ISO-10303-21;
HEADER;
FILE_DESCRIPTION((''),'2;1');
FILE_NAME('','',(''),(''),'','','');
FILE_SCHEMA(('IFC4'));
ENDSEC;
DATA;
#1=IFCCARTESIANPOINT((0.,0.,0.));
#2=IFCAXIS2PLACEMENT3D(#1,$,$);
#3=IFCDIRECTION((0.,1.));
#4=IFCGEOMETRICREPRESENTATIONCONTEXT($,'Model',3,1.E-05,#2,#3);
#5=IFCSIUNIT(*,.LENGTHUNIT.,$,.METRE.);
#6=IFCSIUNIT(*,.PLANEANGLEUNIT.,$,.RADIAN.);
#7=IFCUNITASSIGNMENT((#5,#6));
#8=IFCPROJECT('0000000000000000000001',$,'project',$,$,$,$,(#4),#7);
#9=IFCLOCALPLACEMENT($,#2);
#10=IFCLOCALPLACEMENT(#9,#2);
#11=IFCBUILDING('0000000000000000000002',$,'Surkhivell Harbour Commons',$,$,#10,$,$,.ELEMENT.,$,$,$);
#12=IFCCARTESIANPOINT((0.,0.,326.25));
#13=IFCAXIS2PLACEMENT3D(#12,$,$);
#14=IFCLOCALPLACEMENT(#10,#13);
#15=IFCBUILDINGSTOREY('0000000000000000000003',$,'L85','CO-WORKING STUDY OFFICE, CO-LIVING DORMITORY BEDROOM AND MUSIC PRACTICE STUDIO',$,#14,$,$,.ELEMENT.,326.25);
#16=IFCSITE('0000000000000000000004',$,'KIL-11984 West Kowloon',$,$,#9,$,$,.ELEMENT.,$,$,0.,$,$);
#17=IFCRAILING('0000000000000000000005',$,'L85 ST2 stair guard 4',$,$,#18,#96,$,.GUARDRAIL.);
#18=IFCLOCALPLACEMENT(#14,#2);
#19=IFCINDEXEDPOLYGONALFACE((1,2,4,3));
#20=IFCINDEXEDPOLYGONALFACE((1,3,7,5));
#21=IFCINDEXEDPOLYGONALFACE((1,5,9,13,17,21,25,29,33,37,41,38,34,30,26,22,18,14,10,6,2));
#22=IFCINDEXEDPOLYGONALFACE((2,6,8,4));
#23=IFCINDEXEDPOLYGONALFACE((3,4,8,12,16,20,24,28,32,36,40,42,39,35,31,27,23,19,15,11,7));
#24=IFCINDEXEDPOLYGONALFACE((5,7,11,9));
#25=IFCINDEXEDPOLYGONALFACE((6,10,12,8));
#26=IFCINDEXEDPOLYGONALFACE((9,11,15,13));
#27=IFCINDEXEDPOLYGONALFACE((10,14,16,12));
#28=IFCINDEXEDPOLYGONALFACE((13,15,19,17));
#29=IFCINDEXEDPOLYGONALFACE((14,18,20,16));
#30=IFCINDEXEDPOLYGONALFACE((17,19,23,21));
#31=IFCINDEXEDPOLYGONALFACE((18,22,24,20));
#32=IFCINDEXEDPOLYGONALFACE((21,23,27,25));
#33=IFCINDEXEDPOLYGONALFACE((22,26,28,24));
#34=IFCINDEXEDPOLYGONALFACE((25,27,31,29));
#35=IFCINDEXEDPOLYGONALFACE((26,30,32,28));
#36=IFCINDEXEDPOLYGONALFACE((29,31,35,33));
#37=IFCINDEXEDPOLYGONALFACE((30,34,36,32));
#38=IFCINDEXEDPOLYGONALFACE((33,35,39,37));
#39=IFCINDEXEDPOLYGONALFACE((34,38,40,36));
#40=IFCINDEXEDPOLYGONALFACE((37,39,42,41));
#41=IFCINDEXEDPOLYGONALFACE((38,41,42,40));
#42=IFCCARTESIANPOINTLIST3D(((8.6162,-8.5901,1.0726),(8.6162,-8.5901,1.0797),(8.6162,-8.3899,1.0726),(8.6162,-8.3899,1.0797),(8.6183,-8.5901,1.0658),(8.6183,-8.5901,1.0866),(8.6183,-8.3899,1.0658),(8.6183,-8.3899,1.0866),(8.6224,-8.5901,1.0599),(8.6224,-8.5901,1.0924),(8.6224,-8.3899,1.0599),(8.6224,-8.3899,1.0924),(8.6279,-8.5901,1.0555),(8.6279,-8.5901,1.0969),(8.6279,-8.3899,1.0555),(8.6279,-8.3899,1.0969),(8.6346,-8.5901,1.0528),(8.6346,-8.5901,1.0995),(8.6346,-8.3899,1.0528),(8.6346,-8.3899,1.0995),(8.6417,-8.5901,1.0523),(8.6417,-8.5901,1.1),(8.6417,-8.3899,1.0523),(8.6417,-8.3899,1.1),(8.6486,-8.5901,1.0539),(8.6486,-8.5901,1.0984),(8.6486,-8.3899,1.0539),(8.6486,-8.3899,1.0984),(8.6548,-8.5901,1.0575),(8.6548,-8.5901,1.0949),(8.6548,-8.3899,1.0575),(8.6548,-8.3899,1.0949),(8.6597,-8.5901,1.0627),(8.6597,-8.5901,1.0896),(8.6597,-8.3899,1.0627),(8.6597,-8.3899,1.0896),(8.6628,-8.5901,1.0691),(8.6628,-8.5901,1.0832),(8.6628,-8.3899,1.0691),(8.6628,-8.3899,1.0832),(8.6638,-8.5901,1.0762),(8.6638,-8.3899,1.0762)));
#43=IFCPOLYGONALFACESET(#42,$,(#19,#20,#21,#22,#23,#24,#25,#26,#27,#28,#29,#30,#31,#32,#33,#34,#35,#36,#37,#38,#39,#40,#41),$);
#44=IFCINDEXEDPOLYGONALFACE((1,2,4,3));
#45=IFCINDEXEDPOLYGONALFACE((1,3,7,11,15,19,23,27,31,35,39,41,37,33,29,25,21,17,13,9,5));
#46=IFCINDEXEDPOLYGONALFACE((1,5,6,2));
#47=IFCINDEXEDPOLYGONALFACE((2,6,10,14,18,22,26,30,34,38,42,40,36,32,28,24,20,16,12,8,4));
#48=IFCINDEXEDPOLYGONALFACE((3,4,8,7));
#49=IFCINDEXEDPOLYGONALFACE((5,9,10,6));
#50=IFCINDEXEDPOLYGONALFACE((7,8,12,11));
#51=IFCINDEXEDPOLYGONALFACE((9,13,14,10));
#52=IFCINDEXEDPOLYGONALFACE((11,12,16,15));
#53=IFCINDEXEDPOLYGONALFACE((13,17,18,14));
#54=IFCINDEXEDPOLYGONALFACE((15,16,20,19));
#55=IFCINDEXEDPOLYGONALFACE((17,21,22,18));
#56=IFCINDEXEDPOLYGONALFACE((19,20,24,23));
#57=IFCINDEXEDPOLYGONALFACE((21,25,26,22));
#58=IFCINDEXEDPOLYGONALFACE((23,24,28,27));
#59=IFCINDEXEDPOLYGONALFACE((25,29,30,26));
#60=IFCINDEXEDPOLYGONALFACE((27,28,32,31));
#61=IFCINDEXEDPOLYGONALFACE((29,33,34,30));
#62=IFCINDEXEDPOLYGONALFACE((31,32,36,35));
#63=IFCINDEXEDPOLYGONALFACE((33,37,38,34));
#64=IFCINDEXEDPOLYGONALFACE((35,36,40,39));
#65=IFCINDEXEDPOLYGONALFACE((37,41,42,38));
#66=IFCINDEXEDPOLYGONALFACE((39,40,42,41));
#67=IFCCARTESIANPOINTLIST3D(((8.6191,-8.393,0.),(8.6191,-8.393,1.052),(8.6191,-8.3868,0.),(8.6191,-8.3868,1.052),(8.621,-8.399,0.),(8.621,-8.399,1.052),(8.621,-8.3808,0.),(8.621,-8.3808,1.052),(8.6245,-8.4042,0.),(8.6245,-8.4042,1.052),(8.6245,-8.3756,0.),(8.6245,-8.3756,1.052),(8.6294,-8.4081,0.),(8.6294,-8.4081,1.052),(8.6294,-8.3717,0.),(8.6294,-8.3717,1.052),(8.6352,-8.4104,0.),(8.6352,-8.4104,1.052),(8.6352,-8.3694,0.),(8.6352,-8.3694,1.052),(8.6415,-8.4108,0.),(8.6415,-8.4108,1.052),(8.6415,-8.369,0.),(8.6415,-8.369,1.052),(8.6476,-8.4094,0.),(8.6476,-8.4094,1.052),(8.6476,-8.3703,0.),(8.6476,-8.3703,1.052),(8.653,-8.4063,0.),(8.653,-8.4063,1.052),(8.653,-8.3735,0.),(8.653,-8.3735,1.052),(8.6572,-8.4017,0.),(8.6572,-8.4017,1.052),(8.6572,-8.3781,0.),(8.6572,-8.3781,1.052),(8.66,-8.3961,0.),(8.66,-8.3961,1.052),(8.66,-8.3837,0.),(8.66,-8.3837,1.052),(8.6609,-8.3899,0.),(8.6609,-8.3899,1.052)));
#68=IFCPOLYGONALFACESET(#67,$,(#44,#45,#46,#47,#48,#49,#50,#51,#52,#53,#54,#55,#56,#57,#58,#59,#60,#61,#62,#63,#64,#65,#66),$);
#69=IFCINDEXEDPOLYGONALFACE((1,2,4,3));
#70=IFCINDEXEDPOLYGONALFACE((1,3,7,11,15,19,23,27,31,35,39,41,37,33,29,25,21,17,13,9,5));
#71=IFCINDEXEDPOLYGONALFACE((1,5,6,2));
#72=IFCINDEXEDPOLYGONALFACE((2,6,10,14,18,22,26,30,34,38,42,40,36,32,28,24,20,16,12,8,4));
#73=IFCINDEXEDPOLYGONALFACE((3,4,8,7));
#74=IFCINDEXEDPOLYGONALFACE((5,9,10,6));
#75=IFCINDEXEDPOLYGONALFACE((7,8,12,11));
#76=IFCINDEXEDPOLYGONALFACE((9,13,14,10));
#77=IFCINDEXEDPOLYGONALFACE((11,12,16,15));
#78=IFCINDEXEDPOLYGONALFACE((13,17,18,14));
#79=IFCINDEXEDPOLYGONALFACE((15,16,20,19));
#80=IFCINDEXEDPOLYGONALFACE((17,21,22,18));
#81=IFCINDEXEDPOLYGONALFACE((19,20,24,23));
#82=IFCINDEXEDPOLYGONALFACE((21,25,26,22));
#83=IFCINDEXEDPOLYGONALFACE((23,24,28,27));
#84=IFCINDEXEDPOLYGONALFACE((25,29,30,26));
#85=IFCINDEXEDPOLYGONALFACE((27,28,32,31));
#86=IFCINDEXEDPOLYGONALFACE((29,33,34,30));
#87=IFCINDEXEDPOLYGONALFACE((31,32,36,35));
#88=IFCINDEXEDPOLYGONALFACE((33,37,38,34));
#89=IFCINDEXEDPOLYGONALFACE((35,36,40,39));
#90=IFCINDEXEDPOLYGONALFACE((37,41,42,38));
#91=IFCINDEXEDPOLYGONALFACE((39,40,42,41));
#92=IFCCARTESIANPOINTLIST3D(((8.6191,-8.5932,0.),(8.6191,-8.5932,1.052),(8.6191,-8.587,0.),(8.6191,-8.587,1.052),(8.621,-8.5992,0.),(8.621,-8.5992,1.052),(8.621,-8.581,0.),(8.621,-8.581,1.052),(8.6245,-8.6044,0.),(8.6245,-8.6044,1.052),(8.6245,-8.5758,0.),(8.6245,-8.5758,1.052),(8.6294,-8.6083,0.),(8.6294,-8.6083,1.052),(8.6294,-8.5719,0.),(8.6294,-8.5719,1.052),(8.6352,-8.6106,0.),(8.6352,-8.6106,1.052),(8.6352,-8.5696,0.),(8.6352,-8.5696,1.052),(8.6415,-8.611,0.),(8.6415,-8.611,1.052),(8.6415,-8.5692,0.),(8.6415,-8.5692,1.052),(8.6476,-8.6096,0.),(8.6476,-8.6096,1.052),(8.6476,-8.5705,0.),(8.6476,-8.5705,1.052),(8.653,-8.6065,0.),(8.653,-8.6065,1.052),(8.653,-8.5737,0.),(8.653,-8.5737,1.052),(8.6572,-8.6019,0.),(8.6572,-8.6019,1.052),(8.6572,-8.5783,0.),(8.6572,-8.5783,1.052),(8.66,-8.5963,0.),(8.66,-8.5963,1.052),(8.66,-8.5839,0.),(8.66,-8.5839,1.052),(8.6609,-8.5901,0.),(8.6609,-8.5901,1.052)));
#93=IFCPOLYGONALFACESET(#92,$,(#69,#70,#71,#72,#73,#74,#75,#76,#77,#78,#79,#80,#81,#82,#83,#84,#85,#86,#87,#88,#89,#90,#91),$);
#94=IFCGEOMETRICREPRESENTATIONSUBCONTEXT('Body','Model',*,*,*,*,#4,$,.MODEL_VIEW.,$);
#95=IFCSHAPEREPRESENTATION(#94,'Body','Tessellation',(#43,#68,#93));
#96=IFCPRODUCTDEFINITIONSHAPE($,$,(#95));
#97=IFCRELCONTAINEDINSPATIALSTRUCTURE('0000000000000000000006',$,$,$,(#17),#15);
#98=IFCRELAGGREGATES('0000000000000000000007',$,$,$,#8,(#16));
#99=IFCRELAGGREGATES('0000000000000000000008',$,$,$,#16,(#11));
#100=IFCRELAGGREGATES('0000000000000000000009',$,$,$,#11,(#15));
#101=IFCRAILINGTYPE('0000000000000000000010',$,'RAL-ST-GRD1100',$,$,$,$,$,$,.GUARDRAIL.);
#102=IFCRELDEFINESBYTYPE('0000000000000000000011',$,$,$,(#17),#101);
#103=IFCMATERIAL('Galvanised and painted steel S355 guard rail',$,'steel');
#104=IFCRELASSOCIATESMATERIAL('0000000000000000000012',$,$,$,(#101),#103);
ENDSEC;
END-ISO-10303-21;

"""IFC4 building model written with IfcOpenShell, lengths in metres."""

from ifc_helpers import new_model, si_unit, direction, frame, origin, origin_2d, place, context, subcontext, project, spatial, circle, extrude, material, type_object, element, save


model = new_model("IFC4")

# Units and contexts
model_context = context("Model", 3, precision=1e-05, world=origin(), true_north=direction((0.0, 1.0)))
body_context = subcontext(model_context, "Body", "Model", "MODEL_VIEW")
ifc_project = project(units=[si_unit("LENGTHUNIT", "METRE"), si_unit("PLANEANGLEUNIT", "RADIAN")], contexts=[model_context])

# Site, building, storey
site_placement = place(None, origin())
site = spatial("IfcSite", under=ifc_project, at=site_placement, Name="KIL-11984 West Kowloon", CompositionType="ELEMENT", RefElevation=0.0)
building_placement = place(site_placement, origin())
building = spatial("IfcBuilding", under=site, at=building_placement, Name="Surkhivell Harbour Commons", CompositionType="ELEMENT")
storey_placement = place(building_placement, frame((0.0, 0.0, 326.25)))
storey = spatial("IfcBuildingStorey", under=building, at=storey_placement, Name="L85", Description="CO-WORKING STUDY OFFICE, CO-LIVING DORMITORY BEDROOM AND MUSIC PRACTICE STUDIO", CompositionType="ELEMENT", Elevation=326.25)

# Railing
ifc_material_1 = material(Name="Galvanised and painted steel S355 guard rail", Category="steel")
railing_type_1 = type_object("IfcRailingType", Name="RAL-ST-GRD1100", PredefinedType="GUARDRAIL", material=ifc_material_1)
railing_1_placement = place(storey_placement, frame((8.6399, -8.3899, 0.0)))
element("IfcRailing", 1, at=railing_1_placement, inside=storey, type_object=railing_type_1, Name="L85 ST2 stair guard 4", PredefinedType="GUARDRAIL", context=body_context, shape_type="SweptSolid", body=[
    extrude(circle(Radius=0.0239, at=origin_2d()), frame((0.0, 0.0, 1.0762), z_axis=(0.0, -1.0, 0.0), x_axis=(1.0, 0.0, 0.0)), (0.0, 0.0, 1.0), 0.2002),
    extrude(circle(Radius=0.021, at=origin_2d()), origin(), (0.0, 0.0, 1.0), 1.052),
    extrude(circle(Radius=0.021, at=origin_2d()), frame((0.0, -0.2002, 0.0)), (0.0, 0.0, 1.0), 1.052),
])

save(model, "model.ifc")
